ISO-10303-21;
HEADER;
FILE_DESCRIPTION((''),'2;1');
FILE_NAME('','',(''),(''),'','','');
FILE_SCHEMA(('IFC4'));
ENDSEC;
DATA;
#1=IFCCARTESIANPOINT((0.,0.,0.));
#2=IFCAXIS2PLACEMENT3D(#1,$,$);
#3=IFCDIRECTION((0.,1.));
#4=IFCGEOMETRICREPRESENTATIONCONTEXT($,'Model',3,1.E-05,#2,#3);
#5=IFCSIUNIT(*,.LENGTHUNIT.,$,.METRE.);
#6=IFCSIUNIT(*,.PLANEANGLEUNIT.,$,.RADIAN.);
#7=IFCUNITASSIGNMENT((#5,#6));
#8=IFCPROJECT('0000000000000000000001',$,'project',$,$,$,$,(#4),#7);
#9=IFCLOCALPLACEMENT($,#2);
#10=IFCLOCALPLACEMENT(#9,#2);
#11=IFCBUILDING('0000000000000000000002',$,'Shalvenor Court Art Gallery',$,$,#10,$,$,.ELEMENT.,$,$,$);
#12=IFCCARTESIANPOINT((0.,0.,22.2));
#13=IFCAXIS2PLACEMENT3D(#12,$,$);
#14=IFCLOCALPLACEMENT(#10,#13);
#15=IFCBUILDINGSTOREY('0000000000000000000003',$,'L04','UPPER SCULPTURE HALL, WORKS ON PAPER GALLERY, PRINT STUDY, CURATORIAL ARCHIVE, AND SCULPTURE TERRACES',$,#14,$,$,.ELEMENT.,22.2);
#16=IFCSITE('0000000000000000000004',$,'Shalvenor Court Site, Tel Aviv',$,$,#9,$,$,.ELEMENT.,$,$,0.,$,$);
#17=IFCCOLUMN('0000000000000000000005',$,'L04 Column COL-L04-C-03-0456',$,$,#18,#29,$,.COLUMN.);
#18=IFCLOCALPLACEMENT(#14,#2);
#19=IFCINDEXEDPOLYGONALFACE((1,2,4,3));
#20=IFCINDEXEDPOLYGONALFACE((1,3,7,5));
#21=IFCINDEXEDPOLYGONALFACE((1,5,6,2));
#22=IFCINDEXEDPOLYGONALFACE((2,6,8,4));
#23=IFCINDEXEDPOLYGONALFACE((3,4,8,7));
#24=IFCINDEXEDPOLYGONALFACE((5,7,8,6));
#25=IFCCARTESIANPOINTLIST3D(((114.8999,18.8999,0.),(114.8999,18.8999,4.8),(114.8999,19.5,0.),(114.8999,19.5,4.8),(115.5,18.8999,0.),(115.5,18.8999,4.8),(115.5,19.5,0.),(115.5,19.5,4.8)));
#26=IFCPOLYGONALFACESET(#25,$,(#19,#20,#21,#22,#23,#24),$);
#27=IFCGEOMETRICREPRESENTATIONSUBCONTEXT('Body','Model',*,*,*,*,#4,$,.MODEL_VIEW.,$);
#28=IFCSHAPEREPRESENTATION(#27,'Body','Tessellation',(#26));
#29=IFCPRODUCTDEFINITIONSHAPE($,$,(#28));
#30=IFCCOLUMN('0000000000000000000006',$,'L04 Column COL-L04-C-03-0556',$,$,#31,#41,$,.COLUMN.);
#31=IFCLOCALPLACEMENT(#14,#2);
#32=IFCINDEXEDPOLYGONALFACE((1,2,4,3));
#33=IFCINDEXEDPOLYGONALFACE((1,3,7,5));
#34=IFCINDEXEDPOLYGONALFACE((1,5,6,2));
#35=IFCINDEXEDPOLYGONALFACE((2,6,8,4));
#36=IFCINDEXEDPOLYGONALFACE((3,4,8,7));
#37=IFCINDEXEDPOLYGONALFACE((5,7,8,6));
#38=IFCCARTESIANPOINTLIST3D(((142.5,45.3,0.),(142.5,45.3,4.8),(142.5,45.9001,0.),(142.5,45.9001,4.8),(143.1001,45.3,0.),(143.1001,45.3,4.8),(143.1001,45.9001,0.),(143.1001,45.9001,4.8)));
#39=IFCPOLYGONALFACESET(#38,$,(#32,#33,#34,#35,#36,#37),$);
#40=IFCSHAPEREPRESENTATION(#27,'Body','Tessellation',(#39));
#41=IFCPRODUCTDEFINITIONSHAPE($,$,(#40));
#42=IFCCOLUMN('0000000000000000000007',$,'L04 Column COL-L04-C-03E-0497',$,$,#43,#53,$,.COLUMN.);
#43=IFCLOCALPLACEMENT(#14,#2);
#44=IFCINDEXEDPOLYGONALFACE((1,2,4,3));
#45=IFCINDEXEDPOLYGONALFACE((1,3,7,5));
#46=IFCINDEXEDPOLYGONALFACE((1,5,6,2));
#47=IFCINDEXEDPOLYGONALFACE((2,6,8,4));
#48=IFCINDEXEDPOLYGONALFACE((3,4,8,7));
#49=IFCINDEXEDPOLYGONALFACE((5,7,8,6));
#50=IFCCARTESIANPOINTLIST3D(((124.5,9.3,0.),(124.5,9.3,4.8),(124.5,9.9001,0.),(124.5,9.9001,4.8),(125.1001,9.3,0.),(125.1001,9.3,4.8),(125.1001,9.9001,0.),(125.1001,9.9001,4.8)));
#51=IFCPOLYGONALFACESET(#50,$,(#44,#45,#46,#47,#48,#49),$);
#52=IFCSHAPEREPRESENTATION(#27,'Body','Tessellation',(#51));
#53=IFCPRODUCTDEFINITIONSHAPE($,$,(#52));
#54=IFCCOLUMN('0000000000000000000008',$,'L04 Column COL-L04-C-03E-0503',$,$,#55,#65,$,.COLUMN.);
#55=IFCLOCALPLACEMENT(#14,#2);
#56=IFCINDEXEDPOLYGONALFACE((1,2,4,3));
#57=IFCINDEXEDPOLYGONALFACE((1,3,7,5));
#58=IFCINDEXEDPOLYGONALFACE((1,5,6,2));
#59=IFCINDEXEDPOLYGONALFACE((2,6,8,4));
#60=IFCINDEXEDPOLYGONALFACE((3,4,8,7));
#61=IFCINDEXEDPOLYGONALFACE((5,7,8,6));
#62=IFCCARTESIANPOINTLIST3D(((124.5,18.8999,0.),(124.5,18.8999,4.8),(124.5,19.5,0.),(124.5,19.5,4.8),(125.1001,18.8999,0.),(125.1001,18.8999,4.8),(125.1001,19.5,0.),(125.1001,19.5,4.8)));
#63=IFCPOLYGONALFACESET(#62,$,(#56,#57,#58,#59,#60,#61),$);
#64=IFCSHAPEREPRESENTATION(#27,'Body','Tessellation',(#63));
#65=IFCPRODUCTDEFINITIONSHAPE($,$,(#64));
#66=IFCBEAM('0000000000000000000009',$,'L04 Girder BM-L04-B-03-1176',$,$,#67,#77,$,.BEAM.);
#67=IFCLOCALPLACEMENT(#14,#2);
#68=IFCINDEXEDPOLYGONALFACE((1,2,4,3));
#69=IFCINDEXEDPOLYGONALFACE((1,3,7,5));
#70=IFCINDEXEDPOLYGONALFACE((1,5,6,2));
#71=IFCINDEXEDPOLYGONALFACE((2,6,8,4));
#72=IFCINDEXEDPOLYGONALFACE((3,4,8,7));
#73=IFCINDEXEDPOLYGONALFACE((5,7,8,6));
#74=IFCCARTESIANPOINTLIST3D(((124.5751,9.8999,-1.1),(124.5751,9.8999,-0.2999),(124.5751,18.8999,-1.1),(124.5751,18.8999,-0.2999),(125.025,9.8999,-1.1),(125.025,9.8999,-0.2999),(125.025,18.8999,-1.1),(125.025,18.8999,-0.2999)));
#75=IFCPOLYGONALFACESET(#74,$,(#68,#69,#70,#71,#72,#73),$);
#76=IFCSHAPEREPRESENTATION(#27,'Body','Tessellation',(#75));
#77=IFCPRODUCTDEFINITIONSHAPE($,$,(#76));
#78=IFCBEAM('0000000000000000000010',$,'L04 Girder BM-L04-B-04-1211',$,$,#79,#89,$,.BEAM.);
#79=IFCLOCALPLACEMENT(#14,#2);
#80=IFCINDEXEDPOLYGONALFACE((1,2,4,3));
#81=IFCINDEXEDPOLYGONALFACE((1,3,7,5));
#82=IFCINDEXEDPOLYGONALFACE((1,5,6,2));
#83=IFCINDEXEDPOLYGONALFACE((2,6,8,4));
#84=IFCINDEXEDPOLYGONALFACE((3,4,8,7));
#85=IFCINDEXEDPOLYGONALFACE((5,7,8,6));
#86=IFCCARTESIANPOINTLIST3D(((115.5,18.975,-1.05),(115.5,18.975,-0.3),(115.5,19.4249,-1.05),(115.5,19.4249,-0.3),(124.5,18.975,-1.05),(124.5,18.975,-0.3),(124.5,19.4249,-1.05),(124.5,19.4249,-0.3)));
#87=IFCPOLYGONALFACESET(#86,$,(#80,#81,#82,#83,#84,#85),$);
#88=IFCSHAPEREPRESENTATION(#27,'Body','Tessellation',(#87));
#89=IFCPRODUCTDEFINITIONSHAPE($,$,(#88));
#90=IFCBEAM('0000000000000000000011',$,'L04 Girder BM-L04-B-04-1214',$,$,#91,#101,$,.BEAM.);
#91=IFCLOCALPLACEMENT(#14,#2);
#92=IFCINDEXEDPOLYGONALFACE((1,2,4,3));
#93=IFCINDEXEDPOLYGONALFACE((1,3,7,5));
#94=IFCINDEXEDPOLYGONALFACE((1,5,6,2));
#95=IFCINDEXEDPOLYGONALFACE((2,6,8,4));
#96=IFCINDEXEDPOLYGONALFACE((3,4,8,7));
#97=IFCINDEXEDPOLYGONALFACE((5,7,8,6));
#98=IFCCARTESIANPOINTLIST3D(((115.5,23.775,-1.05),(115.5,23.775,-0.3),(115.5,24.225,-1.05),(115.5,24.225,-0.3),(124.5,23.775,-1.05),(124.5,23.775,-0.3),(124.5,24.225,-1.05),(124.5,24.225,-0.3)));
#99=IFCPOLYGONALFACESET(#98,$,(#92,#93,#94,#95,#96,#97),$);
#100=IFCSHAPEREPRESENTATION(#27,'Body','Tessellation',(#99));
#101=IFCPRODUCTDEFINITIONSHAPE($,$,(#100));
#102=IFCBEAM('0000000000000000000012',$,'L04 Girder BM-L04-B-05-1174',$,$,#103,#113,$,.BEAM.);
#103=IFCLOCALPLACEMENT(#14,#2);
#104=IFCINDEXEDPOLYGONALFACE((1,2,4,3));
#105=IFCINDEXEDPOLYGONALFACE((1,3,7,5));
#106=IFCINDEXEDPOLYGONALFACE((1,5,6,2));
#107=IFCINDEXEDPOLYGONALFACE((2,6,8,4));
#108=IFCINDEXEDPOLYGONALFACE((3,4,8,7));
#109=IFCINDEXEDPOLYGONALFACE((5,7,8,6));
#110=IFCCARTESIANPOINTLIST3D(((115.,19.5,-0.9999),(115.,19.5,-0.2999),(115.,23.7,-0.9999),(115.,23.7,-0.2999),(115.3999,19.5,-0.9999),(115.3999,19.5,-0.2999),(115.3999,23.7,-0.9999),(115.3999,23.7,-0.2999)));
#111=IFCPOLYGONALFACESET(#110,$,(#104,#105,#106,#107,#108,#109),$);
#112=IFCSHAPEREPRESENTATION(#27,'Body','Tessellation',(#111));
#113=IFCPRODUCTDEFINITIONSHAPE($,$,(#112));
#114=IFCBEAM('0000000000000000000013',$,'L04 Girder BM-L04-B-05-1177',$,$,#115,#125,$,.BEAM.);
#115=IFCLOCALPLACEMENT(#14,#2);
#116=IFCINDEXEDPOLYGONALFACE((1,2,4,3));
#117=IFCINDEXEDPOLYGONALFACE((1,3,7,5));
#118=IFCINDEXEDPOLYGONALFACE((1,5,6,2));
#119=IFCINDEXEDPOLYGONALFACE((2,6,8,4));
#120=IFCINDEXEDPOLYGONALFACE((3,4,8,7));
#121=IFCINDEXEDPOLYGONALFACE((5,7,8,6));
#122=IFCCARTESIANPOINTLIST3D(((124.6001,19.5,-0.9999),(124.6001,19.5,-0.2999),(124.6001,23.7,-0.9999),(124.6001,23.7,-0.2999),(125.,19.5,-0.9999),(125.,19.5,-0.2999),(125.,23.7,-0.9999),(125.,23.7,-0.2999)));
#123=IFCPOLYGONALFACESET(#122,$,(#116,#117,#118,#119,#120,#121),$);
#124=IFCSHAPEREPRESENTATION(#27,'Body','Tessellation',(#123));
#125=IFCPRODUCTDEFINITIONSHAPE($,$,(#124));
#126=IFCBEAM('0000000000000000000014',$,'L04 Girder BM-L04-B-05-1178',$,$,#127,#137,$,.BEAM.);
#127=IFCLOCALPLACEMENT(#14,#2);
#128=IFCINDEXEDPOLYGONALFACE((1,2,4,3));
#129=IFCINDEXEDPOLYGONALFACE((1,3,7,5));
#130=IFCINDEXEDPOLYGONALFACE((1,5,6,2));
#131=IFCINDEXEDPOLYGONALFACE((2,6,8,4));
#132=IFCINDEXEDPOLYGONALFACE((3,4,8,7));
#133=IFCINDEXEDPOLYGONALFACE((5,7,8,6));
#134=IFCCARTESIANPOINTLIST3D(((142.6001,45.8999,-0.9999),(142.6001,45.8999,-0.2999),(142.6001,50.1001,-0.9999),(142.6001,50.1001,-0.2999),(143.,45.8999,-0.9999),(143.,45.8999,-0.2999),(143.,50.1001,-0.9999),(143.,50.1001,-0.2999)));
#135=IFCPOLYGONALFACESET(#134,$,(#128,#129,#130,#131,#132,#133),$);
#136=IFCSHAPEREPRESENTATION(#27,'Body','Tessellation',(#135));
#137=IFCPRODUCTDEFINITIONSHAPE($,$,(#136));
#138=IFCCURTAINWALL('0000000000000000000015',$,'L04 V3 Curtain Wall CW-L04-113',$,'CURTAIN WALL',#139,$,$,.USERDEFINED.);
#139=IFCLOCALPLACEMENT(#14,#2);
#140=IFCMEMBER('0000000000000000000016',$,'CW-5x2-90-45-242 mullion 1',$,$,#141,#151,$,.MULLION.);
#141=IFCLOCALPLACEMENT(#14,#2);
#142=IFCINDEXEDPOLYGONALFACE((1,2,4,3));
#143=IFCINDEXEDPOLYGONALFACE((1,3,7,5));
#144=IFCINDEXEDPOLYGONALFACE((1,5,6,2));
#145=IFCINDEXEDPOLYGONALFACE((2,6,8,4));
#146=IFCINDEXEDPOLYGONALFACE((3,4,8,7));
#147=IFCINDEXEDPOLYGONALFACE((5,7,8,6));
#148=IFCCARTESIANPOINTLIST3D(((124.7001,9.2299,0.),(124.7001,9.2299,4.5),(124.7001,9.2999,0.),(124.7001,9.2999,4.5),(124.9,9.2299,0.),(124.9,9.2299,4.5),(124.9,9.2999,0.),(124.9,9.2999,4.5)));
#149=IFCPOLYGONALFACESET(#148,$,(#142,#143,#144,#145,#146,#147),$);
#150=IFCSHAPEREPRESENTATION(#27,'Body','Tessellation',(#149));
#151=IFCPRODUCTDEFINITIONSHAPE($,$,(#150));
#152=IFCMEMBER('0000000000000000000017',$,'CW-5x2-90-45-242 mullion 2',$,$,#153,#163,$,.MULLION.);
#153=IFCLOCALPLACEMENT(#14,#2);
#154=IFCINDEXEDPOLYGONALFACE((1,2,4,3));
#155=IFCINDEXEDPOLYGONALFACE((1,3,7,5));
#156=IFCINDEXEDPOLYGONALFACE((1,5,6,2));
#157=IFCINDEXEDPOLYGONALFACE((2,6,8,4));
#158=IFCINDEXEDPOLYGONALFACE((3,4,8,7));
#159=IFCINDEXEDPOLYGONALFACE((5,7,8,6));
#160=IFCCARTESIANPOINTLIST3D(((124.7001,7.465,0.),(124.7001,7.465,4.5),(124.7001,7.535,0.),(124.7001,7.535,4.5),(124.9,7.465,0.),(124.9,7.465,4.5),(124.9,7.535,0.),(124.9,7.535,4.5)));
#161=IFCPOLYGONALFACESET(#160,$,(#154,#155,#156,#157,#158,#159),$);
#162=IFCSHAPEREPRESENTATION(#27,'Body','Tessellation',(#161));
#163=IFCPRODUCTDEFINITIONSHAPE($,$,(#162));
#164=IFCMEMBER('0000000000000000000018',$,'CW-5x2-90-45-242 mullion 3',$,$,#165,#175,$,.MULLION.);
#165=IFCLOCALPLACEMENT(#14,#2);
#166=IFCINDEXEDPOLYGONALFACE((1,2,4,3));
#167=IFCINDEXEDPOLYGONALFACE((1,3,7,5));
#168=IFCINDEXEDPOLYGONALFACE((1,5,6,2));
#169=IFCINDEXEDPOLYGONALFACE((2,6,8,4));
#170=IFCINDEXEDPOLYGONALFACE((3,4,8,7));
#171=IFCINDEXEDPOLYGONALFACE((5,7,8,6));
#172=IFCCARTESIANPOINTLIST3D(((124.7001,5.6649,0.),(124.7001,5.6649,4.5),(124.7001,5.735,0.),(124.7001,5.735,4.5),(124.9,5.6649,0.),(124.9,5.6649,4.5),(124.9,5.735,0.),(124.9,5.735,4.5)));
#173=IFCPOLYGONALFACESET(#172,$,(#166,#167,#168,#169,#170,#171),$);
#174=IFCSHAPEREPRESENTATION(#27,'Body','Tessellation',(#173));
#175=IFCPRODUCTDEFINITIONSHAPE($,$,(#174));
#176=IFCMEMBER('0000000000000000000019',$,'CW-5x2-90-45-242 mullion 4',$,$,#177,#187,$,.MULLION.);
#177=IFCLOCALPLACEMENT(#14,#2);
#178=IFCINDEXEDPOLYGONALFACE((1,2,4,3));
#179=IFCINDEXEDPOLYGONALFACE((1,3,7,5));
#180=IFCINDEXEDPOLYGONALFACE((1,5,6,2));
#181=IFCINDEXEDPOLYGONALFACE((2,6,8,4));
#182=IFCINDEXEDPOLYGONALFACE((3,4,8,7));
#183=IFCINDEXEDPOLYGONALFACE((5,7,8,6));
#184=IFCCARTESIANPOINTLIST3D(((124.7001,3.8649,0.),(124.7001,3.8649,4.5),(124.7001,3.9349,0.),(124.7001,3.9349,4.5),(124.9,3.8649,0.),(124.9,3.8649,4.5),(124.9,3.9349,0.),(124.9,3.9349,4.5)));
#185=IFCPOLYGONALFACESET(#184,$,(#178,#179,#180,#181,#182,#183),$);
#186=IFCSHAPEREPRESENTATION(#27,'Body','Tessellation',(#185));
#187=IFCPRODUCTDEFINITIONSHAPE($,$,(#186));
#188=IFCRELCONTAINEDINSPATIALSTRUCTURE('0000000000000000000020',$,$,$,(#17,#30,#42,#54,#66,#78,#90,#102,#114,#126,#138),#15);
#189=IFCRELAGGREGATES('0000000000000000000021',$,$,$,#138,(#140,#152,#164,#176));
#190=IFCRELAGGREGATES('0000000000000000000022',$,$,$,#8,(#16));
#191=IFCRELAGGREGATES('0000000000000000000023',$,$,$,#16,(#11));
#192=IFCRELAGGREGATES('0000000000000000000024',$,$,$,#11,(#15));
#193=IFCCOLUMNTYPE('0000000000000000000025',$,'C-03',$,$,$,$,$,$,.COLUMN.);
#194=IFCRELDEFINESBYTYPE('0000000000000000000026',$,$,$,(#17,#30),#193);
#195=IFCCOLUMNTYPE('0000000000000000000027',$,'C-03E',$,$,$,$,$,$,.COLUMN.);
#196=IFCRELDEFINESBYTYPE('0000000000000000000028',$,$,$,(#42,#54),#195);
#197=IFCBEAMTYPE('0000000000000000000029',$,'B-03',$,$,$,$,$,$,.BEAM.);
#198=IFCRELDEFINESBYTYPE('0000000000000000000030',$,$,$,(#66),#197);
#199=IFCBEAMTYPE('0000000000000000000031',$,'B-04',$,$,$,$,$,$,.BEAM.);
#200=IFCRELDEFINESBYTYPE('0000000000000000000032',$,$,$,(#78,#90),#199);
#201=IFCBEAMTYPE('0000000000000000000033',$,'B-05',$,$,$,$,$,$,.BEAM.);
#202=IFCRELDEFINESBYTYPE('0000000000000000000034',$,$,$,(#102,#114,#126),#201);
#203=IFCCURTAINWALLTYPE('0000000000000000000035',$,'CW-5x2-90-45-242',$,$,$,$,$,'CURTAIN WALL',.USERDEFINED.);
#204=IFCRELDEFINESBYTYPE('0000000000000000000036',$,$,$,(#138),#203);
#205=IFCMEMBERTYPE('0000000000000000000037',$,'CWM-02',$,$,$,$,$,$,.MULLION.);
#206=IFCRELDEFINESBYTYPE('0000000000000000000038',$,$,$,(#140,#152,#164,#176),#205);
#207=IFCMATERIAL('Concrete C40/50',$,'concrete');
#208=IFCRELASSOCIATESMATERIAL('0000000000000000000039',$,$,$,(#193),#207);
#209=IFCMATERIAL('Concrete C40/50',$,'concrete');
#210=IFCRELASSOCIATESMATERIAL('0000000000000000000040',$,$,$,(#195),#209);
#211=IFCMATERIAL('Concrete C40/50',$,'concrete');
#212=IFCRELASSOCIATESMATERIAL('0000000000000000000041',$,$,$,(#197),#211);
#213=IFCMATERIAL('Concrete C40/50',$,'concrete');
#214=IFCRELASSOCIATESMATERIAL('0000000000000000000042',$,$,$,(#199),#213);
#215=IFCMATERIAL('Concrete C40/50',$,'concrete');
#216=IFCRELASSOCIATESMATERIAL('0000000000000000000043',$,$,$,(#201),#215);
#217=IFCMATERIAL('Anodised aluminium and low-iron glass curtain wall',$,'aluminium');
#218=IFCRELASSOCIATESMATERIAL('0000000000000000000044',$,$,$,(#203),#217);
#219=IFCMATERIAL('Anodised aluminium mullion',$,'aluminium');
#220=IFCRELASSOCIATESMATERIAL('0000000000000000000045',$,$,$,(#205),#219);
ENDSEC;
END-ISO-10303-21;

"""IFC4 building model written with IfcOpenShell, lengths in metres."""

from ifc_helpers import new_model, si_unit, direction, frame, origin, origin_2d, place, context, subcontext, project, spatial, rectangle, extrude, material, material_profile, profile_set, type_object, element, aggregate, save


model = new_model("IFC4")

# Units and contexts
model_context = context("Model", 3, precision=1e-05, world=origin(), true_north=direction((0.0, 1.0)))
body_context = subcontext(model_context, "Body", "Model", "MODEL_VIEW")
ifc_project = project(units=[si_unit("LENGTHUNIT", "METRE"), si_unit("PLANEANGLEUNIT", "RADIAN")], contexts=[model_context])

# Site, building, storey
site_placement = place(None, origin())
site = spatial("IfcSite", under=ifc_project, at=site_placement, Name="Shalvenor Court Site, Tel Aviv", CompositionType="ELEMENT", RefElevation=0.0)
building_placement = place(site_placement, origin())
building = spatial("IfcBuilding", under=site, at=building_placement, Name="Shalvenor Court Art Gallery", CompositionType="ELEMENT")
storey_placement = place(building_placement, frame((0.0, 0.0, 22.2)))
storey = spatial("IfcBuildingStorey", under=building, at=storey_placement, Name="L04", Description="UPPER SCULPTURE HALL, WORKS ON PAPER GALLERY, PRINT STUDY, CURATORIAL ARCHIVE, AND SCULPTURE TERRACES", CompositionType="ELEMENT", Elevation=22.2)

# Columns
ifc_material_1 = material(Name="Concrete C40/50", Category="concrete")
ifc_material_profile_1 = material_profile(ifc_material_1, rectangle(XDim=0.6001, YDim=0.6001, at=origin_2d()), Name="RC 600x600")
ifc_profile_set_1 = profile_set([ifc_material_profile_1], Name="Concrete C40/50")
column_type_1 = type_object("IfcColumnType", Name="C-03", PredefinedType="COLUMN", material=ifc_profile_set_1)
for number, where, z_axis, x_axis, name in (
    (1, (115.2, 19.2, 0.0), (0.0, 0.0, 1.0), (1.0, 0.0, 0.0), "L04 Column COL-L04-C-03-0456"),
    (2, (142.8, 45.6001, 0.0), (0.0, 0.0, 1.0), (1.0, 0.0, 0.0), "L04 Column COL-L04-C-03-0556"),
):
    element("IfcColumn", number, at=place(storey_placement, frame(where, z_axis=z_axis, x_axis=x_axis)), inside=storey, type_object=column_type_1, Name=name, PredefinedType="COLUMN", context=body_context, shape_type="SweptSolid", body=[
        extrude(rectangle(XDim=0.6001, YDim=0.6001, at=origin_2d()), origin(), (0.0, 0.0, 1.0), 4.8),
    ])
ifc_material_2 = material(Name="Concrete C40/50", Category="concrete")
ifc_material_profile_2 = material_profile(ifc_material_2, rectangle(XDim=0.6001, YDim=0.6001, at=origin_2d()), Name="RC 600x600")
ifc_profile_set_2 = profile_set([ifc_material_profile_2], Name="Concrete C40/50")
column_type_2 = type_object("IfcColumnType", Name="C-03E", PredefinedType="COLUMN", material=ifc_profile_set_2)
for number, where, z_axis, x_axis, name in (
    (3, (124.8, 9.6001, 0.0), (0.0, 0.0, 1.0), (1.0, 0.0, 0.0), "L04 Column COL-L04-C-03E-0497"),
    (4, (124.8, 19.2, 0.0), (0.0, 0.0, 1.0), (1.0, 0.0, 0.0), "L04 Column COL-L04-C-03E-0503"),
):
    element("IfcColumn", number, at=place(storey_placement, frame(where, z_axis=z_axis, x_axis=x_axis)), inside=storey, type_object=column_type_2, Name=name, PredefinedType="COLUMN", context=body_context, shape_type="SweptSolid", body=[
        extrude(rectangle(XDim=0.6001, YDim=0.6001, at=origin_2d()), origin(), (0.0, 0.0, 1.0), 4.8),
    ])

# Beams
ifc_material_3 = material(Name="Concrete C40/50", Category="concrete")
ifc_material_profile_3 = material_profile(ifc_material_3, rectangle(XDim=0.45, YDim=0.8, at=origin_2d()), Name="RC 450x800")
ifc_profile_set_3 = profile_set([ifc_material_profile_3], Name="Concrete C40/50")
beam_type_1 = type_object("IfcBeamType", Name="B-03", PredefinedType="BEAM", material=ifc_profile_set_3)
beam_1_placement = place(storey_placement, frame((124.8, 9.8999, -0.7), z_axis=(0.0, 1.0, 0.0), x_axis=(-1.0, 0.0, 0.0)))
element("IfcBeam", 5, at=beam_1_placement, inside=storey, type_object=beam_type_1, Name="L04 Girder BM-L04-B-03-1176", PredefinedType="BEAM", context=body_context, shape_type="SweptSolid", body=[
    extrude(rectangle(XDim=0.45, YDim=0.8, at=origin_2d()), origin(), (0.0, 0.0, 1.0), 9.0),
])
ifc_material_4 = material(Name="Concrete C40/50", Category="concrete")
ifc_material_profile_4 = material_profile(ifc_material_4, rectangle(XDim=0.45, YDim=0.75, at=origin_2d()), Name="RC 450x750")
ifc_profile_set_4 = profile_set([ifc_material_profile_4], Name="Concrete C40/50")
beam_type_2 = type_object("IfcBeamType", Name="B-04", PredefinedType="BEAM", material=ifc_profile_set_4)
for number, where, z_axis, x_axis, name in (
    (6, (115.5, 19.2, -0.675), (1.0, 0.0, 0.0), (0.0, 1.0, 0.0), "L04 Girder BM-L04-B-04-1211"),
    (7, (115.5, 24.0, -0.675), (1.0, 0.0, 0.0), (0.0, 1.0, 0.0), "L04 Girder BM-L04-B-04-1214"),
):
    element("IfcBeam", number, at=place(storey_placement, frame(where, z_axis=z_axis, x_axis=x_axis)), inside=storey, type_object=beam_type_2, Name=name, PredefinedType="BEAM", context=body_context, shape_type="SweptSolid", body=[
        extrude(rectangle(XDim=0.45, YDim=0.75, at=origin_2d()), origin(), (0.0, 0.0, 1.0), 9.0),
    ])
ifc_material_5 = material(Name="Concrete C40/50", Category="concrete")
ifc_material_profile_5 = material_profile(ifc_material_5, rectangle(XDim=0.3999, YDim=0.7, at=origin_2d()), Name="RC 400x700")
ifc_profile_set_5 = profile_set([ifc_material_profile_5], Name="Concrete C40/50")
beam_type_3 = type_object("IfcBeamType", Name="B-05", PredefinedType="BEAM", material=ifc_profile_set_5)
for number, where, z_axis, x_axis, name in (
    (8, (115.2, 19.5, -0.6499), (0.0, 1.0, 0.0), (-1.0, 0.0, 0.0), "L04 Girder BM-L04-B-05-1174"),
    (9, (124.8, 19.5, -0.6499), (0.0, 1.0, 0.0), (-1.0, 0.0, 0.0), "L04 Girder BM-L04-B-05-1177"),
):
    element("IfcBeam", number, at=place(storey_placement, frame(where, z_axis=z_axis, x_axis=x_axis)), inside=storey, type_object=beam_type_3, Name=name, PredefinedType="BEAM", context=body_context, shape_type="SweptSolid", body=[
        extrude(rectangle(XDim=0.3999, YDim=0.7, at=origin_2d()), origin(), (0.0, 0.0, 1.0), 4.2),
    ])
beam_2_placement = place(storey_placement, frame((142.8, 45.8999, -0.6499), z_axis=(0.0, 1.0, 0.0), x_axis=(-1.0, 0.0, 0.0)))
element("IfcBeam", 10, at=beam_2_placement, inside=storey, type_object=beam_type_3, Name="L04 Girder BM-L04-B-05-1178", PredefinedType="BEAM", context=body_context, shape_type="SweptSolid", body=[
    extrude(rectangle(XDim=0.3999, YDim=0.7, at=origin_2d()), origin(), (0.0, 0.0, 1.0), 4.2002),
])

# Curtain wall, members
ifc_material_6 = material(Name="Anodised aluminium and low-iron glass curtain wall", Category="aluminium")
curtain_wall_type = type_object("IfcCurtainWallType", Name="CW-5x2-90-45-242", ElementType="CURTAIN WALL", PredefinedType="USERDEFINED", material=ifc_material_6)
curtain_wall_placement = place(storey_placement, origin())
curtain_wall = element("IfcCurtainWall", 11, at=curtain_wall_placement, inside=storey, type_object=curtain_wall_type, Name="L04 V3 Curtain Wall CW-L04-113", ObjectType="CURTAIN WALL", PredefinedType="USERDEFINED")
ifc_material_7 = material(Name="Anodised aluminium mullion", Category="aluminium")
ifc_material_profile_6 = material_profile(ifc_material_7, rectangle(XDim=0.0701, YDim=0.2, at=origin_2d()), Name="CWM-02")
ifc_profile_set_6 = profile_set([ifc_material_profile_6], Name="Anodised aluminium mullion")
member_type_1 = type_object("IfcMemberType", Name="CWM-02", PredefinedType="MULLION", material=ifc_profile_set_6)
member_1_placement = place(storey_placement, frame((124.8, 9.2649, 0.0), z_axis=(0.0, 0.0, 1.0), x_axis=(0.0, -1.0, 0.0)))
member_1 = element("IfcMember", 12, at=member_1_placement, type_object=member_type_1, Name="CW-5x2-90-45-242 mullion 1", PredefinedType="MULLION", context=body_context, shape_type="SweptSolid", body=[
    extrude(rectangle(XDim=0.0701, YDim=0.2, at=origin_2d()), origin(), (0.0, 0.0, 1.0), 4.5),
])
member_2_placement = place(storey_placement, frame((124.8, 7.5, 0.0), z_axis=(0.0, 0.0, 1.0), x_axis=(0.0, -1.0, 0.0)))
member_2 = element("IfcMember", 13, at=member_2_placement, type_object=member_type_1, Name="CW-5x2-90-45-242 mullion 2", PredefinedType="MULLION", context=body_context, shape_type="SweptSolid", body=[
    extrude(rectangle(XDim=0.0701, YDim=0.2, at=origin_2d()), origin(), (0.0, 0.0, 1.0), 4.5),
])
member_3_placement = place(storey_placement, frame((124.8, 5.7, 0.0), z_axis=(0.0, 0.0, 1.0), x_axis=(0.0, -1.0, 0.0)))
member_3 = element("IfcMember", 14, at=member_3_placement, type_object=member_type_1, Name="CW-5x2-90-45-242 mullion 3", PredefinedType="MULLION", context=body_context, shape_type="SweptSolid", body=[
    extrude(rectangle(XDim=0.0701, YDim=0.2, at=origin_2d()), origin(), (0.0, 0.0, 1.0), 4.5),
])
member_4_placement = place(storey_placement, frame((124.8, 3.8999, 0.0), z_axis=(0.0, 0.0, 1.0), x_axis=(0.0, -1.0, 0.0)))
member_4 = element("IfcMember", 15, at=member_4_placement, type_object=member_type_1, Name="CW-5x2-90-45-242 mullion 4", PredefinedType="MULLION", context=body_context, shape_type="SweptSolid", body=[
    extrude(rectangle(XDim=0.0701, YDim=0.2, at=origin_2d()), origin(), (0.0, 0.0, 1.0), 4.5),
])
aggregate(curtain_wall, [member_1, member_2, member_3, member_4])

save(model, "model.ifc")
